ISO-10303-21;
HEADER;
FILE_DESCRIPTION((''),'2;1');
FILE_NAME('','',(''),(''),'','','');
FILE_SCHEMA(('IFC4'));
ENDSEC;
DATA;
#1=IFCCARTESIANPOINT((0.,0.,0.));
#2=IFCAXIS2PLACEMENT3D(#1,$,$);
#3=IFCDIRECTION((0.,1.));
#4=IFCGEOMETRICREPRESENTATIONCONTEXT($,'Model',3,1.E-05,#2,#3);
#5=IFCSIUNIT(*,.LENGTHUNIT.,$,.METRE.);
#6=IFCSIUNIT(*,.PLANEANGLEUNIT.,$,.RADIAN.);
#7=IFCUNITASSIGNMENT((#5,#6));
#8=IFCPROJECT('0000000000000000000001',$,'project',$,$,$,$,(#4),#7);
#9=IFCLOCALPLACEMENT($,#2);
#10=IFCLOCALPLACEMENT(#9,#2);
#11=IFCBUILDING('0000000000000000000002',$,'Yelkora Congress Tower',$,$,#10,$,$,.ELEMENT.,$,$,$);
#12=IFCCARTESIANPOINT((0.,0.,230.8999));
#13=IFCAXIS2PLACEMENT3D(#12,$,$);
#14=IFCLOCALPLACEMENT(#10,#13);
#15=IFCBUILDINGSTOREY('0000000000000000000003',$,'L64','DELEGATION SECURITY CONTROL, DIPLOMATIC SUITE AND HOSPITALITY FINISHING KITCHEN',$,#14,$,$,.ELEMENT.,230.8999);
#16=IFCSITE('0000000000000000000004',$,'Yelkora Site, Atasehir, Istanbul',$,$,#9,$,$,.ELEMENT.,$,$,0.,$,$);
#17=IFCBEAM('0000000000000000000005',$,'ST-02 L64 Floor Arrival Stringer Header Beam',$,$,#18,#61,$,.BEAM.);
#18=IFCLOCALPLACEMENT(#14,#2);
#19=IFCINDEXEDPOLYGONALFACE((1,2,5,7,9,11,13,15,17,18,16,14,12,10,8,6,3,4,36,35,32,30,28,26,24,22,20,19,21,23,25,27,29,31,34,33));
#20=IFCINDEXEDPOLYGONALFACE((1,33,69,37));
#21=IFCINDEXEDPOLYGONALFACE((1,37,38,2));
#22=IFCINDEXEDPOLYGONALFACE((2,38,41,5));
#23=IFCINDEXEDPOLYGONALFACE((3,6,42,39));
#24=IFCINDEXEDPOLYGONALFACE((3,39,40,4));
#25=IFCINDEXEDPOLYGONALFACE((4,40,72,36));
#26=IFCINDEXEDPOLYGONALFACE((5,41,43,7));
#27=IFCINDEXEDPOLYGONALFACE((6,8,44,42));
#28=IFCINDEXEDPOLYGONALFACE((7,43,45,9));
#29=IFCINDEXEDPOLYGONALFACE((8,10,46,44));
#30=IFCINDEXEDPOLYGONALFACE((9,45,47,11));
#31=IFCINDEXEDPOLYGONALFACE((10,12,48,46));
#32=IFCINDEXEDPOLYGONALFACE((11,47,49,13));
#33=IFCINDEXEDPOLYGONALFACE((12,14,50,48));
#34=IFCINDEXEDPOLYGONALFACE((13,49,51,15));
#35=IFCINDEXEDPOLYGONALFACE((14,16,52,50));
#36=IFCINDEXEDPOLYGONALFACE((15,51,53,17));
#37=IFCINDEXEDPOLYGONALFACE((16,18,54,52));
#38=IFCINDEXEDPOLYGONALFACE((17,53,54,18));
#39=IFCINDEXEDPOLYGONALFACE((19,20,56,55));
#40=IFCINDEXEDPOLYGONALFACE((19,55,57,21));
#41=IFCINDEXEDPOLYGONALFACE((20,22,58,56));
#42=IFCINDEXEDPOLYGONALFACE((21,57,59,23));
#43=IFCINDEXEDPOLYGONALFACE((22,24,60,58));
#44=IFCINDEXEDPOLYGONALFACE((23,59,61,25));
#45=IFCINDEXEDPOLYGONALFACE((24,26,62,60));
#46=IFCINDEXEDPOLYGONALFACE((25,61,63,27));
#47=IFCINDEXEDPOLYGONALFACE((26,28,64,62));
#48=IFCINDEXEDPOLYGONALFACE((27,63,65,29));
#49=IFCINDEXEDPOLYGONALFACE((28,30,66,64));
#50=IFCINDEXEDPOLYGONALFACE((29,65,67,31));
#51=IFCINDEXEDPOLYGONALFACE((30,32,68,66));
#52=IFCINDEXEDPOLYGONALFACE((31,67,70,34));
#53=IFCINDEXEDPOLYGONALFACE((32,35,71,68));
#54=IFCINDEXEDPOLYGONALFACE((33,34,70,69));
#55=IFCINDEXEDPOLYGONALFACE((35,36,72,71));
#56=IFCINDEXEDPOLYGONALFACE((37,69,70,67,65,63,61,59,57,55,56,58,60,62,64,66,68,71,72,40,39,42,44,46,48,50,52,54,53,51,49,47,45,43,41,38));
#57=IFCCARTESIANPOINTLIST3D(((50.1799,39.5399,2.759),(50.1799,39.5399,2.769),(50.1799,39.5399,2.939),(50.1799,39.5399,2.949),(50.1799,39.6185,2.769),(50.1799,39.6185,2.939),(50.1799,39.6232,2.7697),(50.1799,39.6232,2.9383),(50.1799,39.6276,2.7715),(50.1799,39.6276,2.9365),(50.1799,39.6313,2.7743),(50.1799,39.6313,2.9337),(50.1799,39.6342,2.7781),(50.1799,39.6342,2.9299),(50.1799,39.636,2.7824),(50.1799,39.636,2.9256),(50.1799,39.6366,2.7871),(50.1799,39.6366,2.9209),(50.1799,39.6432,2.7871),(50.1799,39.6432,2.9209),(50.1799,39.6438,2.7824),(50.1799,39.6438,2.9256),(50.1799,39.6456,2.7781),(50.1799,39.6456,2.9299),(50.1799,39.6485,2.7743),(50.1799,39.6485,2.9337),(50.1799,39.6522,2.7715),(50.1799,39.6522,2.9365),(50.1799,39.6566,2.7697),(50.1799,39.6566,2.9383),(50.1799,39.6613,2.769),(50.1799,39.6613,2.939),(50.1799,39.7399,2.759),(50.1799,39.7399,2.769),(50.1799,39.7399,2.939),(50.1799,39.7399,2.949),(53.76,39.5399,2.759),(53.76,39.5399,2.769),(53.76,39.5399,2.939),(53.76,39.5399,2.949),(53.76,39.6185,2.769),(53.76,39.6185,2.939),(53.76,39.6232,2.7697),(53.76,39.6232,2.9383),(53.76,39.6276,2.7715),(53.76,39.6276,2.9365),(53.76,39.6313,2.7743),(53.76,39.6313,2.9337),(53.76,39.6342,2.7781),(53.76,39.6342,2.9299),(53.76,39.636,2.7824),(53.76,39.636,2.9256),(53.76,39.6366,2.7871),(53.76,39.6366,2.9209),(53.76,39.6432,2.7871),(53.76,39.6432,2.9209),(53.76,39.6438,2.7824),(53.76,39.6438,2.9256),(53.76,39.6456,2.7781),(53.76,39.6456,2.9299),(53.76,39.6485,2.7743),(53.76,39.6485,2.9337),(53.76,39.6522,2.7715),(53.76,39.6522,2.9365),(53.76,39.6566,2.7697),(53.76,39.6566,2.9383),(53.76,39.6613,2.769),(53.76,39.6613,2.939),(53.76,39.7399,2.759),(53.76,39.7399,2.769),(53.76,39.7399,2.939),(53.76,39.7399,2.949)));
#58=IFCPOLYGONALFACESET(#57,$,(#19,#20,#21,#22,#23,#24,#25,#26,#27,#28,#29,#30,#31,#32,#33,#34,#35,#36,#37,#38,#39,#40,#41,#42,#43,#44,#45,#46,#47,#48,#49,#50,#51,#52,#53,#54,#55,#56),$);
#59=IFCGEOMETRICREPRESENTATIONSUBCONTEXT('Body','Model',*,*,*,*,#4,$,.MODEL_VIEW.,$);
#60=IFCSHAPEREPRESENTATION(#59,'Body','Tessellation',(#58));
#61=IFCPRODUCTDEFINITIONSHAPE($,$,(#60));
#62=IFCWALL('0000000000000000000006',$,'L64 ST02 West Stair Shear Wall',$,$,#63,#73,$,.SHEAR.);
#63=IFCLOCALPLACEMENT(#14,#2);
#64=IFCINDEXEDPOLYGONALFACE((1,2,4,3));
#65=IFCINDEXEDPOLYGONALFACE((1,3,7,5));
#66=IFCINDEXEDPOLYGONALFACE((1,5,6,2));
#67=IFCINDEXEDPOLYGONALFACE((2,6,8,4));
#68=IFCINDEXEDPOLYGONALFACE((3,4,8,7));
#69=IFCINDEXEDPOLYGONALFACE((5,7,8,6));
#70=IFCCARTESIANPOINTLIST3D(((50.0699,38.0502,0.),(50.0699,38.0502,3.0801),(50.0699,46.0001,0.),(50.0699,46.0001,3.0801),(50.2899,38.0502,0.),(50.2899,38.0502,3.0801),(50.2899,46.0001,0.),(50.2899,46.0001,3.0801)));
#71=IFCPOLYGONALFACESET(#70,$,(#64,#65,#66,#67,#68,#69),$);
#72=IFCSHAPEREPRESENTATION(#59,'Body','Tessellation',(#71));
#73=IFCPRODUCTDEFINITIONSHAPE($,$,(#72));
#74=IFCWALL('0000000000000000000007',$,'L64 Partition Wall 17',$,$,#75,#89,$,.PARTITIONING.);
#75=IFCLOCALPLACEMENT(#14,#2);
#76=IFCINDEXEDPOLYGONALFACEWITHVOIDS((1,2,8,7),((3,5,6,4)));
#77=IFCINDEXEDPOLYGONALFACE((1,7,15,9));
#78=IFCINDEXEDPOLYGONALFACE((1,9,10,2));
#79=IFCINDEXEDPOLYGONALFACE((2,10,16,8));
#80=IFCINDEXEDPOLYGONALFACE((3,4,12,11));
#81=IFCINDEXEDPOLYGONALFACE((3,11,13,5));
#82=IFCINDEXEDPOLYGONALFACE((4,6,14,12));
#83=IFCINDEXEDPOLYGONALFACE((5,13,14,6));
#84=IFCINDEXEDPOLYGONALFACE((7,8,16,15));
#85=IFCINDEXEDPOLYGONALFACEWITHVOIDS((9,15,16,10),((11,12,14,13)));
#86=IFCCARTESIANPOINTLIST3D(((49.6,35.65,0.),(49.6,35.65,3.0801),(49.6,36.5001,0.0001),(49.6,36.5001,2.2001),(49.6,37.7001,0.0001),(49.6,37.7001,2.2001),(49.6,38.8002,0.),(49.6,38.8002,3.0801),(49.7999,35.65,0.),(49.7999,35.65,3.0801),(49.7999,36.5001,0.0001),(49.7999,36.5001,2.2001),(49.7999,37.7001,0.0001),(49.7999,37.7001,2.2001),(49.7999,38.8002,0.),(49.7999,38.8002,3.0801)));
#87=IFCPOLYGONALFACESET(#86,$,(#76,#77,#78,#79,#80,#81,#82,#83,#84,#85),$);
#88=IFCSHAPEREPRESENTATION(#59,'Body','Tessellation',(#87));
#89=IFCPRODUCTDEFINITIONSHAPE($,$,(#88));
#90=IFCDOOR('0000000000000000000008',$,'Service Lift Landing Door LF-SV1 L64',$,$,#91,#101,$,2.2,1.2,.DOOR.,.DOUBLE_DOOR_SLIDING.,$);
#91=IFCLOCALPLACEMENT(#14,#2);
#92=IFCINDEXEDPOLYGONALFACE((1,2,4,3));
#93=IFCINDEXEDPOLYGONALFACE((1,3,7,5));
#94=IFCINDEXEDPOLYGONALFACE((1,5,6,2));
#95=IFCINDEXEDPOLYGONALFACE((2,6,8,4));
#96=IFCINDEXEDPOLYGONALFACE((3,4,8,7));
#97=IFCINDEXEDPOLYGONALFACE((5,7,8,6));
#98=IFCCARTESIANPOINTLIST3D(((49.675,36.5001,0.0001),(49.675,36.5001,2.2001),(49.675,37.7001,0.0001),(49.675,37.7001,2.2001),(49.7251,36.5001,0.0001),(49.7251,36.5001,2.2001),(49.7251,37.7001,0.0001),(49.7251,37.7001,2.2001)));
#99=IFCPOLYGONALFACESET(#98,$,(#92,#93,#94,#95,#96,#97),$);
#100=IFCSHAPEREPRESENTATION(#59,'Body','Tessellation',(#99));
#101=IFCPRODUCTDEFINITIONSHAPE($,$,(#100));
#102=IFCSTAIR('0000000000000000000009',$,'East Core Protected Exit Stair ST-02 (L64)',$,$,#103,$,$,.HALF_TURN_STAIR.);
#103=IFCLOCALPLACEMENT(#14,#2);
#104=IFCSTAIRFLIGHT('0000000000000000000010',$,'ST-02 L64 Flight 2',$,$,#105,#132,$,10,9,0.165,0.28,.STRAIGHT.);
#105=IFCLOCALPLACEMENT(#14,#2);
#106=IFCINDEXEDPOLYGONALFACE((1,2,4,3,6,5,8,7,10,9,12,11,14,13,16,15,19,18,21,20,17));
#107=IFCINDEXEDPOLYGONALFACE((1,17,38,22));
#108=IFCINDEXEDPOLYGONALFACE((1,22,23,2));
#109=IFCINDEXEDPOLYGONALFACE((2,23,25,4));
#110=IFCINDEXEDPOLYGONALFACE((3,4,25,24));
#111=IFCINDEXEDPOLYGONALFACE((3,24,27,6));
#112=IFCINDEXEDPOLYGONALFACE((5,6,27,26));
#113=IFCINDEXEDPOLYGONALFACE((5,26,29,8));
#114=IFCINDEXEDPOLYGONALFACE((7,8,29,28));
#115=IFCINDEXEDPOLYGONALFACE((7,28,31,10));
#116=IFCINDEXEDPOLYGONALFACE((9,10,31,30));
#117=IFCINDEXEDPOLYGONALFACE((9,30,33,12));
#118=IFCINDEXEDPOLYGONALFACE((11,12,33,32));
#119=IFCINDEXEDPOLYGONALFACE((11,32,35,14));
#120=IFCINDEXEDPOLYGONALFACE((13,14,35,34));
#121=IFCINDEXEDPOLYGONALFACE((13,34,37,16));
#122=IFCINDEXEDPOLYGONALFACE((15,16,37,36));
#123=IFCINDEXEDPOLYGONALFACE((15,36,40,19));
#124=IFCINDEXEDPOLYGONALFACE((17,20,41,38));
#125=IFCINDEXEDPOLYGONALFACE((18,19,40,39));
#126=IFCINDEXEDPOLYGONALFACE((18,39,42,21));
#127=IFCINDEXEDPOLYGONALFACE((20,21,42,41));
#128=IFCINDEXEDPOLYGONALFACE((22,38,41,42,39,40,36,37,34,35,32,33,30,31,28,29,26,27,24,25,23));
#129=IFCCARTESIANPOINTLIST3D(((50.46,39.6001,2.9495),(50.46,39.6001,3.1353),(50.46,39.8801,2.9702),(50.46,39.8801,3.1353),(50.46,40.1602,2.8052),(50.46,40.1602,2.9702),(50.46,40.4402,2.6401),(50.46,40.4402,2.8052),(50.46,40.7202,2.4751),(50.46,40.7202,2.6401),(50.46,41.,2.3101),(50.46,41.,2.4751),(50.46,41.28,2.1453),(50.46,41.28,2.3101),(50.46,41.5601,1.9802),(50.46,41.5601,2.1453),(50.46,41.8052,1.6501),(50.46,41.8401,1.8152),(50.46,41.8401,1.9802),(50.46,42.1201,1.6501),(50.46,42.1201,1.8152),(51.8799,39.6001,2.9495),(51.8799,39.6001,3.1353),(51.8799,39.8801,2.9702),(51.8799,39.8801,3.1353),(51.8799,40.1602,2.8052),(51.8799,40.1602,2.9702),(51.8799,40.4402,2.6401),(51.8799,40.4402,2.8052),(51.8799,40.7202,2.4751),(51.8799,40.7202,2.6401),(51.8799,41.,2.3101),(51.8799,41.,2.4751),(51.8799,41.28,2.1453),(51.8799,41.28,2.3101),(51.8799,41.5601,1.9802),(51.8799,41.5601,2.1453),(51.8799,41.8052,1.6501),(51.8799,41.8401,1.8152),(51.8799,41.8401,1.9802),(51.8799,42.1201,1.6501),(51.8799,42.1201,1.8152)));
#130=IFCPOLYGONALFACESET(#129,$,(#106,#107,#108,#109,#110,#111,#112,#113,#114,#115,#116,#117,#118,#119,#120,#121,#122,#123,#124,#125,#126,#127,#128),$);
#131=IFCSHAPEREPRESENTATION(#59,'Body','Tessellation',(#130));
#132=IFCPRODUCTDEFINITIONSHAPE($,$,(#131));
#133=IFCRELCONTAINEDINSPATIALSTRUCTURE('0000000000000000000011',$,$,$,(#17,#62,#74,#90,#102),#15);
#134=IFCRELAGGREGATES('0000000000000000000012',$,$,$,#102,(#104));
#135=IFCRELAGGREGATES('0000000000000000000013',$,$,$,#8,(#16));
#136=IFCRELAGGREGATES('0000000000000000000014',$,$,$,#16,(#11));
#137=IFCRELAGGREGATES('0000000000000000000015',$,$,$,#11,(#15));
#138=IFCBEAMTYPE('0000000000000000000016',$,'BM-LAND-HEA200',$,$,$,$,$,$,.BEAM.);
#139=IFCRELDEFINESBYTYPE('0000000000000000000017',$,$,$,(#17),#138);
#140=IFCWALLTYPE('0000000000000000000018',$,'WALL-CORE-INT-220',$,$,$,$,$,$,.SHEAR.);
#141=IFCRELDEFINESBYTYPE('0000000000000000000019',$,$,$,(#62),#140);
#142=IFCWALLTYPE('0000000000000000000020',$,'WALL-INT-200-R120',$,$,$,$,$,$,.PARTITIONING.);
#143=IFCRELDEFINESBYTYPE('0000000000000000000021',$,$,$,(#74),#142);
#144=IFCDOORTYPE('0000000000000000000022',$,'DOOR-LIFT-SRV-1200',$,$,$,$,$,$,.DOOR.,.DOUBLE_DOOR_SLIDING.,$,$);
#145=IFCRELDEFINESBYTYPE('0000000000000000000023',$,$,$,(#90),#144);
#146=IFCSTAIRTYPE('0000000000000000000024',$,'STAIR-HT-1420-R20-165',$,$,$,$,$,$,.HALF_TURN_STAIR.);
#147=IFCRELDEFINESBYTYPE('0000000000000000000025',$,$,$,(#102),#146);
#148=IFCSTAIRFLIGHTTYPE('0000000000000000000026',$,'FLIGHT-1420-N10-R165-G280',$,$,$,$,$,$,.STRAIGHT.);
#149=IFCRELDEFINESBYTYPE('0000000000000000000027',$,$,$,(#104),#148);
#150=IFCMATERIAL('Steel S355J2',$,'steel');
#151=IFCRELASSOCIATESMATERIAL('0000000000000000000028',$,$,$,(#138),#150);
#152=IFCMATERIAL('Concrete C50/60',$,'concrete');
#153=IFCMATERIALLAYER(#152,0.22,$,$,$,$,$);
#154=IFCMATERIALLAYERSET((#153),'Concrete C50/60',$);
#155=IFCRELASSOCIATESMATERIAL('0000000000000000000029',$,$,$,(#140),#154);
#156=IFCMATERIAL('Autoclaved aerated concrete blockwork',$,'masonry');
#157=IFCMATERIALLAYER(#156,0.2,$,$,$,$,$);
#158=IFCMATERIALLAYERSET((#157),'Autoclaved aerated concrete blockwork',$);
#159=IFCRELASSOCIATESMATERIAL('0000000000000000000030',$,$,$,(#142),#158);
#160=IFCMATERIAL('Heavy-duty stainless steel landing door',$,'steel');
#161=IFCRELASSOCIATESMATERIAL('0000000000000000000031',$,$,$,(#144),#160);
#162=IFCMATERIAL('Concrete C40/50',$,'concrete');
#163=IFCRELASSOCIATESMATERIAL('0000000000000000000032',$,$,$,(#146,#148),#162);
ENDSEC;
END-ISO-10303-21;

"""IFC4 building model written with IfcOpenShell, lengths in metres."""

from ifc_helpers import new_model, si_unit, direction, frame, frame_2d, origin, origin_2d, place, context, subcontext, project, spatial, polyline, rectangle, i_section, outline, extrude, material, layer, layer_set, material_profile, profile_set, type_object, element, fill, aggregate, save


model = new_model("IFC4")

# Units and contexts
model_context = context("Model", 3, precision=1e-05, world=origin(), true_north=direction((0.0, 1.0)))
body_context = subcontext(model_context, "Body", "Model", "MODEL_VIEW")
ifc_project = project(units=[si_unit("LENGTHUNIT", "METRE"), si_unit("PLANEANGLEUNIT", "RADIAN")], contexts=[model_context])

# Site, building, storey
site_placement = place(None, origin())
site = spatial("IfcSite", under=ifc_project, at=site_placement, Name="Yelkora Site, Atasehir, Istanbul", CompositionType="ELEMENT", RefElevation=0.0)
building_placement = place(site_placement, origin())
building = spatial("IfcBuilding", under=site, at=building_placement, Name="Yelkora Congress Tower", CompositionType="ELEMENT")
storey_placement = place(building_placement, frame((0.0, 0.0, 230.8999)))
storey = spatial("IfcBuildingStorey", under=building, at=storey_placement, Name="L64", Description="DELEGATION SECURITY CONTROL, DIPLOMATIC SUITE AND HOSPITALITY FINISHING KITCHEN", CompositionType="ELEMENT", Elevation=230.8999)

# Beam
ifc_material_1 = material(Name="Steel S355J2", Category="steel")
ifc_material_profile = material_profile(ifc_material_1, i_section(OverallWidth=0.2, OverallDepth=0.1899, WebThickness=0.0066, FlangeThickness=0.01, FilletRadius=0.0181, at=origin_2d()), Name="HEA 200")
ifc_profile_set = profile_set([ifc_material_profile], Name="Steel S355J2")
beam_type = type_object("IfcBeamType", Name="BM-LAND-HEA200", PredefinedType="BEAM", material=ifc_profile_set)
beam_placement = place(storey_placement, frame((50.1799, 39.6399, 2.854), z_axis=(1.0, 0.0, 0.0), x_axis=(0.0, 1.0, 0.0)))
element("IfcBeam", 1, at=beam_placement, inside=storey, type_object=beam_type, Name="ST-02 L64 Floor Arrival Stringer Header Beam", PredefinedType="BEAM", context=body_context, shape_type="SweptSolid", body=[
    extrude(i_section(OverallWidth=0.2, OverallDepth=0.1899, WebThickness=0.0066, FlangeThickness=0.01, FilletRadius=0.0181, at=origin_2d()), origin(), (0.0, 0.0, 1.0), 3.5801),
])

# Wall
ifc_material_2 = material(Name="Concrete C50/60", Category="concrete")
ifc_layer_1 = layer(ifc_material_2, 0.22)
ifc_layer_set_1 = layer_set([ifc_layer_1], Name="Concrete C50/60")
wall_type_1 = type_object("IfcWallType", Name="WALL-CORE-INT-220", PredefinedType="SHEAR", material=ifc_layer_set_1)
wall_1_placement = place(storey_placement, frame((50.1799, 38.05, 0.0), z_axis=(0.0, 0.0, 1.0), x_axis=(0.0, 1.0, 0.0)))
element("IfcWall", 2, at=wall_1_placement, inside=storey, type_object=wall_type_1, Name="L64 ST02 West Stair Shear Wall", PredefinedType="SHEAR", context=body_context, shape_type="SweptSolid", body=[
    extrude(rectangle(XDim=7.95, YDim=0.22, at=frame_2d((3.9751, 0.0))), origin(), (0.0, 0.0, 1.0), 3.0801),
])

# Wall, opening, door
ifc_material_3 = material(Name="Autoclaved aerated concrete blockwork", Category="masonry")
ifc_layer_2 = layer(ifc_material_3, 0.2)
ifc_layer_set_2 = layer_set([ifc_layer_2], Name="Autoclaved aerated concrete blockwork")
wall_type_2 = type_object("IfcWallType", Name="WALL-INT-200-R120", PredefinedType="PARTITIONING", material=ifc_layer_set_2)
wall_2_placement = place(storey_placement, frame((49.7, 35.6499, 0.0), z_axis=(0.0, 0.0, 1.0), x_axis=(0.0, 1.0, 0.0)))
wall_2 = element("IfcWall", 3, at=wall_2_placement, inside=storey, type_object=wall_type_2, Name="L64 Partition Wall 17", PredefinedType="PARTITIONING", context=body_context, shape_type="SweptSolid", body=[
    extrude(rectangle(XDim=3.1501, YDim=0.2, at=frame_2d((1.5752, 0.0))), origin(), (0.0, 0.0, 1.0), 3.0801),
])
opening_1_placement = place(wall_2_placement, frame((0.8501, 0.0, 0.0)))
opening_1 = element("IfcOpeningElement", 4, at=opening_1_placement, cuts=wall_2, PredefinedType="OPENING", context=body_context, shape_type="SweptSolid", body=[
    extrude(rectangle(XDim=1.2, YDim=2.2, at=frame_2d((0.6001, 1.1001))), frame((0.0, 0.1099, 0.0), z_axis=(0.0, -1.0, 0.0), x_axis=(1.0, 0.0, 0.0)), (0.0, 0.0, 1.0), 0.22),
])
ifc_material_4 = material(Name="Heavy-duty stainless steel landing door", Category="steel")
door_type_1 = type_object("IfcDoorType", Name="DOOR-LIFT-SRV-1200", OperationType="DOUBLE_DOOR_SLIDING", PredefinedType="DOOR", material=ifc_material_4)
door_1_placement = place(opening_1_placement, origin())
door_1 = element("IfcDoor", 5, at=door_1_placement, inside=storey, type_object=door_type_1, Name="Service Lift Landing Door LF-SV1 L64", OperationType="DOUBLE_DOOR_SLIDING", OverallHeight=2.2, OverallWidth=1.2, PredefinedType="DOOR", context=body_context, shape_type="SweptSolid", body=[
    extrude(rectangle(XDim=1.2, YDim=2.2, at=frame_2d((0.6001, 1.1001))), frame((0.0, 0.0249, 0.0), z_axis=(0.0, -1.0, 0.0), x_axis=(1.0, 0.0, 0.0)), (0.0, 0.0, 1.0), 0.05),
])
fill(opening_1, door_1)

# Stair, stair flight
ifc_material_5 = material(Name="Concrete C40/50", Category="concrete")
stair_type = type_object("IfcStairType", Name="STAIR-HT-1420-R20-165", PredefinedType="HALF_TURN_STAIR", material=ifc_material_5)
stair_placement = place(storey_placement, origin())
stair = element("IfcStair", 6, at=stair_placement, inside=storey, type_object=stair_type, Name="East Core Protected Exit Stair ST-02 (L64)", PredefinedType="HALF_TURN_STAIR")
stair_flight_type = type_object("IfcStairFlightType", Name="FLIGHT-1420-N10-R165-G280", PredefinedType="STRAIGHT", material=ifc_material_5)
stair_flight_placement = place(storey_placement, frame((51.1699, 42.1201, 1.6501), z_axis=(0.0, 0.0, 1.0), x_axis=(0.0, -1.0, 0.0)))
stair_flight = element("IfcStairFlight", 7, at=stair_flight_placement, type_object=stair_flight_type, Name="ST-02 L64 Flight 2", NumberOfRisers=10, NumberOfTreads=9, PredefinedType="STRAIGHT", RiserHeight=0.165, TreadLength=0.28, context=body_context, shape_type="SweptSolid", body=[
    extrude(outline(polyline([(0.0, 0.0), (0.0, 0.165), (0.28, 0.165), (0.28, 0.3301), (0.5601, 0.3301), (0.5601, 0.4951), (0.8401, 0.4951), (0.8401, 0.6599), (1.1201, 0.6599), (1.1201, 0.825), (1.3999, 0.825), (1.3999, 0.99), (1.6799, 0.99), (1.6799, 1.155), (1.96, 1.155), (1.96, 1.3201), (2.24, 1.3201), (2.24, 1.4851), (2.52, 1.4851), (2.52, 1.6499), (2.52, 1.2993), (0.3149, 0.0), (0.0, 0.0)])), frame((0.0, 0.71, 0.0), z_axis=(0.0, -1.0, 0.0), x_axis=(1.0, 0.0, 0.0)), (0.0, 0.0, 1.0), 1.4199),
])
aggregate(stair, [stair_flight])

save(model, "model.ifc")
